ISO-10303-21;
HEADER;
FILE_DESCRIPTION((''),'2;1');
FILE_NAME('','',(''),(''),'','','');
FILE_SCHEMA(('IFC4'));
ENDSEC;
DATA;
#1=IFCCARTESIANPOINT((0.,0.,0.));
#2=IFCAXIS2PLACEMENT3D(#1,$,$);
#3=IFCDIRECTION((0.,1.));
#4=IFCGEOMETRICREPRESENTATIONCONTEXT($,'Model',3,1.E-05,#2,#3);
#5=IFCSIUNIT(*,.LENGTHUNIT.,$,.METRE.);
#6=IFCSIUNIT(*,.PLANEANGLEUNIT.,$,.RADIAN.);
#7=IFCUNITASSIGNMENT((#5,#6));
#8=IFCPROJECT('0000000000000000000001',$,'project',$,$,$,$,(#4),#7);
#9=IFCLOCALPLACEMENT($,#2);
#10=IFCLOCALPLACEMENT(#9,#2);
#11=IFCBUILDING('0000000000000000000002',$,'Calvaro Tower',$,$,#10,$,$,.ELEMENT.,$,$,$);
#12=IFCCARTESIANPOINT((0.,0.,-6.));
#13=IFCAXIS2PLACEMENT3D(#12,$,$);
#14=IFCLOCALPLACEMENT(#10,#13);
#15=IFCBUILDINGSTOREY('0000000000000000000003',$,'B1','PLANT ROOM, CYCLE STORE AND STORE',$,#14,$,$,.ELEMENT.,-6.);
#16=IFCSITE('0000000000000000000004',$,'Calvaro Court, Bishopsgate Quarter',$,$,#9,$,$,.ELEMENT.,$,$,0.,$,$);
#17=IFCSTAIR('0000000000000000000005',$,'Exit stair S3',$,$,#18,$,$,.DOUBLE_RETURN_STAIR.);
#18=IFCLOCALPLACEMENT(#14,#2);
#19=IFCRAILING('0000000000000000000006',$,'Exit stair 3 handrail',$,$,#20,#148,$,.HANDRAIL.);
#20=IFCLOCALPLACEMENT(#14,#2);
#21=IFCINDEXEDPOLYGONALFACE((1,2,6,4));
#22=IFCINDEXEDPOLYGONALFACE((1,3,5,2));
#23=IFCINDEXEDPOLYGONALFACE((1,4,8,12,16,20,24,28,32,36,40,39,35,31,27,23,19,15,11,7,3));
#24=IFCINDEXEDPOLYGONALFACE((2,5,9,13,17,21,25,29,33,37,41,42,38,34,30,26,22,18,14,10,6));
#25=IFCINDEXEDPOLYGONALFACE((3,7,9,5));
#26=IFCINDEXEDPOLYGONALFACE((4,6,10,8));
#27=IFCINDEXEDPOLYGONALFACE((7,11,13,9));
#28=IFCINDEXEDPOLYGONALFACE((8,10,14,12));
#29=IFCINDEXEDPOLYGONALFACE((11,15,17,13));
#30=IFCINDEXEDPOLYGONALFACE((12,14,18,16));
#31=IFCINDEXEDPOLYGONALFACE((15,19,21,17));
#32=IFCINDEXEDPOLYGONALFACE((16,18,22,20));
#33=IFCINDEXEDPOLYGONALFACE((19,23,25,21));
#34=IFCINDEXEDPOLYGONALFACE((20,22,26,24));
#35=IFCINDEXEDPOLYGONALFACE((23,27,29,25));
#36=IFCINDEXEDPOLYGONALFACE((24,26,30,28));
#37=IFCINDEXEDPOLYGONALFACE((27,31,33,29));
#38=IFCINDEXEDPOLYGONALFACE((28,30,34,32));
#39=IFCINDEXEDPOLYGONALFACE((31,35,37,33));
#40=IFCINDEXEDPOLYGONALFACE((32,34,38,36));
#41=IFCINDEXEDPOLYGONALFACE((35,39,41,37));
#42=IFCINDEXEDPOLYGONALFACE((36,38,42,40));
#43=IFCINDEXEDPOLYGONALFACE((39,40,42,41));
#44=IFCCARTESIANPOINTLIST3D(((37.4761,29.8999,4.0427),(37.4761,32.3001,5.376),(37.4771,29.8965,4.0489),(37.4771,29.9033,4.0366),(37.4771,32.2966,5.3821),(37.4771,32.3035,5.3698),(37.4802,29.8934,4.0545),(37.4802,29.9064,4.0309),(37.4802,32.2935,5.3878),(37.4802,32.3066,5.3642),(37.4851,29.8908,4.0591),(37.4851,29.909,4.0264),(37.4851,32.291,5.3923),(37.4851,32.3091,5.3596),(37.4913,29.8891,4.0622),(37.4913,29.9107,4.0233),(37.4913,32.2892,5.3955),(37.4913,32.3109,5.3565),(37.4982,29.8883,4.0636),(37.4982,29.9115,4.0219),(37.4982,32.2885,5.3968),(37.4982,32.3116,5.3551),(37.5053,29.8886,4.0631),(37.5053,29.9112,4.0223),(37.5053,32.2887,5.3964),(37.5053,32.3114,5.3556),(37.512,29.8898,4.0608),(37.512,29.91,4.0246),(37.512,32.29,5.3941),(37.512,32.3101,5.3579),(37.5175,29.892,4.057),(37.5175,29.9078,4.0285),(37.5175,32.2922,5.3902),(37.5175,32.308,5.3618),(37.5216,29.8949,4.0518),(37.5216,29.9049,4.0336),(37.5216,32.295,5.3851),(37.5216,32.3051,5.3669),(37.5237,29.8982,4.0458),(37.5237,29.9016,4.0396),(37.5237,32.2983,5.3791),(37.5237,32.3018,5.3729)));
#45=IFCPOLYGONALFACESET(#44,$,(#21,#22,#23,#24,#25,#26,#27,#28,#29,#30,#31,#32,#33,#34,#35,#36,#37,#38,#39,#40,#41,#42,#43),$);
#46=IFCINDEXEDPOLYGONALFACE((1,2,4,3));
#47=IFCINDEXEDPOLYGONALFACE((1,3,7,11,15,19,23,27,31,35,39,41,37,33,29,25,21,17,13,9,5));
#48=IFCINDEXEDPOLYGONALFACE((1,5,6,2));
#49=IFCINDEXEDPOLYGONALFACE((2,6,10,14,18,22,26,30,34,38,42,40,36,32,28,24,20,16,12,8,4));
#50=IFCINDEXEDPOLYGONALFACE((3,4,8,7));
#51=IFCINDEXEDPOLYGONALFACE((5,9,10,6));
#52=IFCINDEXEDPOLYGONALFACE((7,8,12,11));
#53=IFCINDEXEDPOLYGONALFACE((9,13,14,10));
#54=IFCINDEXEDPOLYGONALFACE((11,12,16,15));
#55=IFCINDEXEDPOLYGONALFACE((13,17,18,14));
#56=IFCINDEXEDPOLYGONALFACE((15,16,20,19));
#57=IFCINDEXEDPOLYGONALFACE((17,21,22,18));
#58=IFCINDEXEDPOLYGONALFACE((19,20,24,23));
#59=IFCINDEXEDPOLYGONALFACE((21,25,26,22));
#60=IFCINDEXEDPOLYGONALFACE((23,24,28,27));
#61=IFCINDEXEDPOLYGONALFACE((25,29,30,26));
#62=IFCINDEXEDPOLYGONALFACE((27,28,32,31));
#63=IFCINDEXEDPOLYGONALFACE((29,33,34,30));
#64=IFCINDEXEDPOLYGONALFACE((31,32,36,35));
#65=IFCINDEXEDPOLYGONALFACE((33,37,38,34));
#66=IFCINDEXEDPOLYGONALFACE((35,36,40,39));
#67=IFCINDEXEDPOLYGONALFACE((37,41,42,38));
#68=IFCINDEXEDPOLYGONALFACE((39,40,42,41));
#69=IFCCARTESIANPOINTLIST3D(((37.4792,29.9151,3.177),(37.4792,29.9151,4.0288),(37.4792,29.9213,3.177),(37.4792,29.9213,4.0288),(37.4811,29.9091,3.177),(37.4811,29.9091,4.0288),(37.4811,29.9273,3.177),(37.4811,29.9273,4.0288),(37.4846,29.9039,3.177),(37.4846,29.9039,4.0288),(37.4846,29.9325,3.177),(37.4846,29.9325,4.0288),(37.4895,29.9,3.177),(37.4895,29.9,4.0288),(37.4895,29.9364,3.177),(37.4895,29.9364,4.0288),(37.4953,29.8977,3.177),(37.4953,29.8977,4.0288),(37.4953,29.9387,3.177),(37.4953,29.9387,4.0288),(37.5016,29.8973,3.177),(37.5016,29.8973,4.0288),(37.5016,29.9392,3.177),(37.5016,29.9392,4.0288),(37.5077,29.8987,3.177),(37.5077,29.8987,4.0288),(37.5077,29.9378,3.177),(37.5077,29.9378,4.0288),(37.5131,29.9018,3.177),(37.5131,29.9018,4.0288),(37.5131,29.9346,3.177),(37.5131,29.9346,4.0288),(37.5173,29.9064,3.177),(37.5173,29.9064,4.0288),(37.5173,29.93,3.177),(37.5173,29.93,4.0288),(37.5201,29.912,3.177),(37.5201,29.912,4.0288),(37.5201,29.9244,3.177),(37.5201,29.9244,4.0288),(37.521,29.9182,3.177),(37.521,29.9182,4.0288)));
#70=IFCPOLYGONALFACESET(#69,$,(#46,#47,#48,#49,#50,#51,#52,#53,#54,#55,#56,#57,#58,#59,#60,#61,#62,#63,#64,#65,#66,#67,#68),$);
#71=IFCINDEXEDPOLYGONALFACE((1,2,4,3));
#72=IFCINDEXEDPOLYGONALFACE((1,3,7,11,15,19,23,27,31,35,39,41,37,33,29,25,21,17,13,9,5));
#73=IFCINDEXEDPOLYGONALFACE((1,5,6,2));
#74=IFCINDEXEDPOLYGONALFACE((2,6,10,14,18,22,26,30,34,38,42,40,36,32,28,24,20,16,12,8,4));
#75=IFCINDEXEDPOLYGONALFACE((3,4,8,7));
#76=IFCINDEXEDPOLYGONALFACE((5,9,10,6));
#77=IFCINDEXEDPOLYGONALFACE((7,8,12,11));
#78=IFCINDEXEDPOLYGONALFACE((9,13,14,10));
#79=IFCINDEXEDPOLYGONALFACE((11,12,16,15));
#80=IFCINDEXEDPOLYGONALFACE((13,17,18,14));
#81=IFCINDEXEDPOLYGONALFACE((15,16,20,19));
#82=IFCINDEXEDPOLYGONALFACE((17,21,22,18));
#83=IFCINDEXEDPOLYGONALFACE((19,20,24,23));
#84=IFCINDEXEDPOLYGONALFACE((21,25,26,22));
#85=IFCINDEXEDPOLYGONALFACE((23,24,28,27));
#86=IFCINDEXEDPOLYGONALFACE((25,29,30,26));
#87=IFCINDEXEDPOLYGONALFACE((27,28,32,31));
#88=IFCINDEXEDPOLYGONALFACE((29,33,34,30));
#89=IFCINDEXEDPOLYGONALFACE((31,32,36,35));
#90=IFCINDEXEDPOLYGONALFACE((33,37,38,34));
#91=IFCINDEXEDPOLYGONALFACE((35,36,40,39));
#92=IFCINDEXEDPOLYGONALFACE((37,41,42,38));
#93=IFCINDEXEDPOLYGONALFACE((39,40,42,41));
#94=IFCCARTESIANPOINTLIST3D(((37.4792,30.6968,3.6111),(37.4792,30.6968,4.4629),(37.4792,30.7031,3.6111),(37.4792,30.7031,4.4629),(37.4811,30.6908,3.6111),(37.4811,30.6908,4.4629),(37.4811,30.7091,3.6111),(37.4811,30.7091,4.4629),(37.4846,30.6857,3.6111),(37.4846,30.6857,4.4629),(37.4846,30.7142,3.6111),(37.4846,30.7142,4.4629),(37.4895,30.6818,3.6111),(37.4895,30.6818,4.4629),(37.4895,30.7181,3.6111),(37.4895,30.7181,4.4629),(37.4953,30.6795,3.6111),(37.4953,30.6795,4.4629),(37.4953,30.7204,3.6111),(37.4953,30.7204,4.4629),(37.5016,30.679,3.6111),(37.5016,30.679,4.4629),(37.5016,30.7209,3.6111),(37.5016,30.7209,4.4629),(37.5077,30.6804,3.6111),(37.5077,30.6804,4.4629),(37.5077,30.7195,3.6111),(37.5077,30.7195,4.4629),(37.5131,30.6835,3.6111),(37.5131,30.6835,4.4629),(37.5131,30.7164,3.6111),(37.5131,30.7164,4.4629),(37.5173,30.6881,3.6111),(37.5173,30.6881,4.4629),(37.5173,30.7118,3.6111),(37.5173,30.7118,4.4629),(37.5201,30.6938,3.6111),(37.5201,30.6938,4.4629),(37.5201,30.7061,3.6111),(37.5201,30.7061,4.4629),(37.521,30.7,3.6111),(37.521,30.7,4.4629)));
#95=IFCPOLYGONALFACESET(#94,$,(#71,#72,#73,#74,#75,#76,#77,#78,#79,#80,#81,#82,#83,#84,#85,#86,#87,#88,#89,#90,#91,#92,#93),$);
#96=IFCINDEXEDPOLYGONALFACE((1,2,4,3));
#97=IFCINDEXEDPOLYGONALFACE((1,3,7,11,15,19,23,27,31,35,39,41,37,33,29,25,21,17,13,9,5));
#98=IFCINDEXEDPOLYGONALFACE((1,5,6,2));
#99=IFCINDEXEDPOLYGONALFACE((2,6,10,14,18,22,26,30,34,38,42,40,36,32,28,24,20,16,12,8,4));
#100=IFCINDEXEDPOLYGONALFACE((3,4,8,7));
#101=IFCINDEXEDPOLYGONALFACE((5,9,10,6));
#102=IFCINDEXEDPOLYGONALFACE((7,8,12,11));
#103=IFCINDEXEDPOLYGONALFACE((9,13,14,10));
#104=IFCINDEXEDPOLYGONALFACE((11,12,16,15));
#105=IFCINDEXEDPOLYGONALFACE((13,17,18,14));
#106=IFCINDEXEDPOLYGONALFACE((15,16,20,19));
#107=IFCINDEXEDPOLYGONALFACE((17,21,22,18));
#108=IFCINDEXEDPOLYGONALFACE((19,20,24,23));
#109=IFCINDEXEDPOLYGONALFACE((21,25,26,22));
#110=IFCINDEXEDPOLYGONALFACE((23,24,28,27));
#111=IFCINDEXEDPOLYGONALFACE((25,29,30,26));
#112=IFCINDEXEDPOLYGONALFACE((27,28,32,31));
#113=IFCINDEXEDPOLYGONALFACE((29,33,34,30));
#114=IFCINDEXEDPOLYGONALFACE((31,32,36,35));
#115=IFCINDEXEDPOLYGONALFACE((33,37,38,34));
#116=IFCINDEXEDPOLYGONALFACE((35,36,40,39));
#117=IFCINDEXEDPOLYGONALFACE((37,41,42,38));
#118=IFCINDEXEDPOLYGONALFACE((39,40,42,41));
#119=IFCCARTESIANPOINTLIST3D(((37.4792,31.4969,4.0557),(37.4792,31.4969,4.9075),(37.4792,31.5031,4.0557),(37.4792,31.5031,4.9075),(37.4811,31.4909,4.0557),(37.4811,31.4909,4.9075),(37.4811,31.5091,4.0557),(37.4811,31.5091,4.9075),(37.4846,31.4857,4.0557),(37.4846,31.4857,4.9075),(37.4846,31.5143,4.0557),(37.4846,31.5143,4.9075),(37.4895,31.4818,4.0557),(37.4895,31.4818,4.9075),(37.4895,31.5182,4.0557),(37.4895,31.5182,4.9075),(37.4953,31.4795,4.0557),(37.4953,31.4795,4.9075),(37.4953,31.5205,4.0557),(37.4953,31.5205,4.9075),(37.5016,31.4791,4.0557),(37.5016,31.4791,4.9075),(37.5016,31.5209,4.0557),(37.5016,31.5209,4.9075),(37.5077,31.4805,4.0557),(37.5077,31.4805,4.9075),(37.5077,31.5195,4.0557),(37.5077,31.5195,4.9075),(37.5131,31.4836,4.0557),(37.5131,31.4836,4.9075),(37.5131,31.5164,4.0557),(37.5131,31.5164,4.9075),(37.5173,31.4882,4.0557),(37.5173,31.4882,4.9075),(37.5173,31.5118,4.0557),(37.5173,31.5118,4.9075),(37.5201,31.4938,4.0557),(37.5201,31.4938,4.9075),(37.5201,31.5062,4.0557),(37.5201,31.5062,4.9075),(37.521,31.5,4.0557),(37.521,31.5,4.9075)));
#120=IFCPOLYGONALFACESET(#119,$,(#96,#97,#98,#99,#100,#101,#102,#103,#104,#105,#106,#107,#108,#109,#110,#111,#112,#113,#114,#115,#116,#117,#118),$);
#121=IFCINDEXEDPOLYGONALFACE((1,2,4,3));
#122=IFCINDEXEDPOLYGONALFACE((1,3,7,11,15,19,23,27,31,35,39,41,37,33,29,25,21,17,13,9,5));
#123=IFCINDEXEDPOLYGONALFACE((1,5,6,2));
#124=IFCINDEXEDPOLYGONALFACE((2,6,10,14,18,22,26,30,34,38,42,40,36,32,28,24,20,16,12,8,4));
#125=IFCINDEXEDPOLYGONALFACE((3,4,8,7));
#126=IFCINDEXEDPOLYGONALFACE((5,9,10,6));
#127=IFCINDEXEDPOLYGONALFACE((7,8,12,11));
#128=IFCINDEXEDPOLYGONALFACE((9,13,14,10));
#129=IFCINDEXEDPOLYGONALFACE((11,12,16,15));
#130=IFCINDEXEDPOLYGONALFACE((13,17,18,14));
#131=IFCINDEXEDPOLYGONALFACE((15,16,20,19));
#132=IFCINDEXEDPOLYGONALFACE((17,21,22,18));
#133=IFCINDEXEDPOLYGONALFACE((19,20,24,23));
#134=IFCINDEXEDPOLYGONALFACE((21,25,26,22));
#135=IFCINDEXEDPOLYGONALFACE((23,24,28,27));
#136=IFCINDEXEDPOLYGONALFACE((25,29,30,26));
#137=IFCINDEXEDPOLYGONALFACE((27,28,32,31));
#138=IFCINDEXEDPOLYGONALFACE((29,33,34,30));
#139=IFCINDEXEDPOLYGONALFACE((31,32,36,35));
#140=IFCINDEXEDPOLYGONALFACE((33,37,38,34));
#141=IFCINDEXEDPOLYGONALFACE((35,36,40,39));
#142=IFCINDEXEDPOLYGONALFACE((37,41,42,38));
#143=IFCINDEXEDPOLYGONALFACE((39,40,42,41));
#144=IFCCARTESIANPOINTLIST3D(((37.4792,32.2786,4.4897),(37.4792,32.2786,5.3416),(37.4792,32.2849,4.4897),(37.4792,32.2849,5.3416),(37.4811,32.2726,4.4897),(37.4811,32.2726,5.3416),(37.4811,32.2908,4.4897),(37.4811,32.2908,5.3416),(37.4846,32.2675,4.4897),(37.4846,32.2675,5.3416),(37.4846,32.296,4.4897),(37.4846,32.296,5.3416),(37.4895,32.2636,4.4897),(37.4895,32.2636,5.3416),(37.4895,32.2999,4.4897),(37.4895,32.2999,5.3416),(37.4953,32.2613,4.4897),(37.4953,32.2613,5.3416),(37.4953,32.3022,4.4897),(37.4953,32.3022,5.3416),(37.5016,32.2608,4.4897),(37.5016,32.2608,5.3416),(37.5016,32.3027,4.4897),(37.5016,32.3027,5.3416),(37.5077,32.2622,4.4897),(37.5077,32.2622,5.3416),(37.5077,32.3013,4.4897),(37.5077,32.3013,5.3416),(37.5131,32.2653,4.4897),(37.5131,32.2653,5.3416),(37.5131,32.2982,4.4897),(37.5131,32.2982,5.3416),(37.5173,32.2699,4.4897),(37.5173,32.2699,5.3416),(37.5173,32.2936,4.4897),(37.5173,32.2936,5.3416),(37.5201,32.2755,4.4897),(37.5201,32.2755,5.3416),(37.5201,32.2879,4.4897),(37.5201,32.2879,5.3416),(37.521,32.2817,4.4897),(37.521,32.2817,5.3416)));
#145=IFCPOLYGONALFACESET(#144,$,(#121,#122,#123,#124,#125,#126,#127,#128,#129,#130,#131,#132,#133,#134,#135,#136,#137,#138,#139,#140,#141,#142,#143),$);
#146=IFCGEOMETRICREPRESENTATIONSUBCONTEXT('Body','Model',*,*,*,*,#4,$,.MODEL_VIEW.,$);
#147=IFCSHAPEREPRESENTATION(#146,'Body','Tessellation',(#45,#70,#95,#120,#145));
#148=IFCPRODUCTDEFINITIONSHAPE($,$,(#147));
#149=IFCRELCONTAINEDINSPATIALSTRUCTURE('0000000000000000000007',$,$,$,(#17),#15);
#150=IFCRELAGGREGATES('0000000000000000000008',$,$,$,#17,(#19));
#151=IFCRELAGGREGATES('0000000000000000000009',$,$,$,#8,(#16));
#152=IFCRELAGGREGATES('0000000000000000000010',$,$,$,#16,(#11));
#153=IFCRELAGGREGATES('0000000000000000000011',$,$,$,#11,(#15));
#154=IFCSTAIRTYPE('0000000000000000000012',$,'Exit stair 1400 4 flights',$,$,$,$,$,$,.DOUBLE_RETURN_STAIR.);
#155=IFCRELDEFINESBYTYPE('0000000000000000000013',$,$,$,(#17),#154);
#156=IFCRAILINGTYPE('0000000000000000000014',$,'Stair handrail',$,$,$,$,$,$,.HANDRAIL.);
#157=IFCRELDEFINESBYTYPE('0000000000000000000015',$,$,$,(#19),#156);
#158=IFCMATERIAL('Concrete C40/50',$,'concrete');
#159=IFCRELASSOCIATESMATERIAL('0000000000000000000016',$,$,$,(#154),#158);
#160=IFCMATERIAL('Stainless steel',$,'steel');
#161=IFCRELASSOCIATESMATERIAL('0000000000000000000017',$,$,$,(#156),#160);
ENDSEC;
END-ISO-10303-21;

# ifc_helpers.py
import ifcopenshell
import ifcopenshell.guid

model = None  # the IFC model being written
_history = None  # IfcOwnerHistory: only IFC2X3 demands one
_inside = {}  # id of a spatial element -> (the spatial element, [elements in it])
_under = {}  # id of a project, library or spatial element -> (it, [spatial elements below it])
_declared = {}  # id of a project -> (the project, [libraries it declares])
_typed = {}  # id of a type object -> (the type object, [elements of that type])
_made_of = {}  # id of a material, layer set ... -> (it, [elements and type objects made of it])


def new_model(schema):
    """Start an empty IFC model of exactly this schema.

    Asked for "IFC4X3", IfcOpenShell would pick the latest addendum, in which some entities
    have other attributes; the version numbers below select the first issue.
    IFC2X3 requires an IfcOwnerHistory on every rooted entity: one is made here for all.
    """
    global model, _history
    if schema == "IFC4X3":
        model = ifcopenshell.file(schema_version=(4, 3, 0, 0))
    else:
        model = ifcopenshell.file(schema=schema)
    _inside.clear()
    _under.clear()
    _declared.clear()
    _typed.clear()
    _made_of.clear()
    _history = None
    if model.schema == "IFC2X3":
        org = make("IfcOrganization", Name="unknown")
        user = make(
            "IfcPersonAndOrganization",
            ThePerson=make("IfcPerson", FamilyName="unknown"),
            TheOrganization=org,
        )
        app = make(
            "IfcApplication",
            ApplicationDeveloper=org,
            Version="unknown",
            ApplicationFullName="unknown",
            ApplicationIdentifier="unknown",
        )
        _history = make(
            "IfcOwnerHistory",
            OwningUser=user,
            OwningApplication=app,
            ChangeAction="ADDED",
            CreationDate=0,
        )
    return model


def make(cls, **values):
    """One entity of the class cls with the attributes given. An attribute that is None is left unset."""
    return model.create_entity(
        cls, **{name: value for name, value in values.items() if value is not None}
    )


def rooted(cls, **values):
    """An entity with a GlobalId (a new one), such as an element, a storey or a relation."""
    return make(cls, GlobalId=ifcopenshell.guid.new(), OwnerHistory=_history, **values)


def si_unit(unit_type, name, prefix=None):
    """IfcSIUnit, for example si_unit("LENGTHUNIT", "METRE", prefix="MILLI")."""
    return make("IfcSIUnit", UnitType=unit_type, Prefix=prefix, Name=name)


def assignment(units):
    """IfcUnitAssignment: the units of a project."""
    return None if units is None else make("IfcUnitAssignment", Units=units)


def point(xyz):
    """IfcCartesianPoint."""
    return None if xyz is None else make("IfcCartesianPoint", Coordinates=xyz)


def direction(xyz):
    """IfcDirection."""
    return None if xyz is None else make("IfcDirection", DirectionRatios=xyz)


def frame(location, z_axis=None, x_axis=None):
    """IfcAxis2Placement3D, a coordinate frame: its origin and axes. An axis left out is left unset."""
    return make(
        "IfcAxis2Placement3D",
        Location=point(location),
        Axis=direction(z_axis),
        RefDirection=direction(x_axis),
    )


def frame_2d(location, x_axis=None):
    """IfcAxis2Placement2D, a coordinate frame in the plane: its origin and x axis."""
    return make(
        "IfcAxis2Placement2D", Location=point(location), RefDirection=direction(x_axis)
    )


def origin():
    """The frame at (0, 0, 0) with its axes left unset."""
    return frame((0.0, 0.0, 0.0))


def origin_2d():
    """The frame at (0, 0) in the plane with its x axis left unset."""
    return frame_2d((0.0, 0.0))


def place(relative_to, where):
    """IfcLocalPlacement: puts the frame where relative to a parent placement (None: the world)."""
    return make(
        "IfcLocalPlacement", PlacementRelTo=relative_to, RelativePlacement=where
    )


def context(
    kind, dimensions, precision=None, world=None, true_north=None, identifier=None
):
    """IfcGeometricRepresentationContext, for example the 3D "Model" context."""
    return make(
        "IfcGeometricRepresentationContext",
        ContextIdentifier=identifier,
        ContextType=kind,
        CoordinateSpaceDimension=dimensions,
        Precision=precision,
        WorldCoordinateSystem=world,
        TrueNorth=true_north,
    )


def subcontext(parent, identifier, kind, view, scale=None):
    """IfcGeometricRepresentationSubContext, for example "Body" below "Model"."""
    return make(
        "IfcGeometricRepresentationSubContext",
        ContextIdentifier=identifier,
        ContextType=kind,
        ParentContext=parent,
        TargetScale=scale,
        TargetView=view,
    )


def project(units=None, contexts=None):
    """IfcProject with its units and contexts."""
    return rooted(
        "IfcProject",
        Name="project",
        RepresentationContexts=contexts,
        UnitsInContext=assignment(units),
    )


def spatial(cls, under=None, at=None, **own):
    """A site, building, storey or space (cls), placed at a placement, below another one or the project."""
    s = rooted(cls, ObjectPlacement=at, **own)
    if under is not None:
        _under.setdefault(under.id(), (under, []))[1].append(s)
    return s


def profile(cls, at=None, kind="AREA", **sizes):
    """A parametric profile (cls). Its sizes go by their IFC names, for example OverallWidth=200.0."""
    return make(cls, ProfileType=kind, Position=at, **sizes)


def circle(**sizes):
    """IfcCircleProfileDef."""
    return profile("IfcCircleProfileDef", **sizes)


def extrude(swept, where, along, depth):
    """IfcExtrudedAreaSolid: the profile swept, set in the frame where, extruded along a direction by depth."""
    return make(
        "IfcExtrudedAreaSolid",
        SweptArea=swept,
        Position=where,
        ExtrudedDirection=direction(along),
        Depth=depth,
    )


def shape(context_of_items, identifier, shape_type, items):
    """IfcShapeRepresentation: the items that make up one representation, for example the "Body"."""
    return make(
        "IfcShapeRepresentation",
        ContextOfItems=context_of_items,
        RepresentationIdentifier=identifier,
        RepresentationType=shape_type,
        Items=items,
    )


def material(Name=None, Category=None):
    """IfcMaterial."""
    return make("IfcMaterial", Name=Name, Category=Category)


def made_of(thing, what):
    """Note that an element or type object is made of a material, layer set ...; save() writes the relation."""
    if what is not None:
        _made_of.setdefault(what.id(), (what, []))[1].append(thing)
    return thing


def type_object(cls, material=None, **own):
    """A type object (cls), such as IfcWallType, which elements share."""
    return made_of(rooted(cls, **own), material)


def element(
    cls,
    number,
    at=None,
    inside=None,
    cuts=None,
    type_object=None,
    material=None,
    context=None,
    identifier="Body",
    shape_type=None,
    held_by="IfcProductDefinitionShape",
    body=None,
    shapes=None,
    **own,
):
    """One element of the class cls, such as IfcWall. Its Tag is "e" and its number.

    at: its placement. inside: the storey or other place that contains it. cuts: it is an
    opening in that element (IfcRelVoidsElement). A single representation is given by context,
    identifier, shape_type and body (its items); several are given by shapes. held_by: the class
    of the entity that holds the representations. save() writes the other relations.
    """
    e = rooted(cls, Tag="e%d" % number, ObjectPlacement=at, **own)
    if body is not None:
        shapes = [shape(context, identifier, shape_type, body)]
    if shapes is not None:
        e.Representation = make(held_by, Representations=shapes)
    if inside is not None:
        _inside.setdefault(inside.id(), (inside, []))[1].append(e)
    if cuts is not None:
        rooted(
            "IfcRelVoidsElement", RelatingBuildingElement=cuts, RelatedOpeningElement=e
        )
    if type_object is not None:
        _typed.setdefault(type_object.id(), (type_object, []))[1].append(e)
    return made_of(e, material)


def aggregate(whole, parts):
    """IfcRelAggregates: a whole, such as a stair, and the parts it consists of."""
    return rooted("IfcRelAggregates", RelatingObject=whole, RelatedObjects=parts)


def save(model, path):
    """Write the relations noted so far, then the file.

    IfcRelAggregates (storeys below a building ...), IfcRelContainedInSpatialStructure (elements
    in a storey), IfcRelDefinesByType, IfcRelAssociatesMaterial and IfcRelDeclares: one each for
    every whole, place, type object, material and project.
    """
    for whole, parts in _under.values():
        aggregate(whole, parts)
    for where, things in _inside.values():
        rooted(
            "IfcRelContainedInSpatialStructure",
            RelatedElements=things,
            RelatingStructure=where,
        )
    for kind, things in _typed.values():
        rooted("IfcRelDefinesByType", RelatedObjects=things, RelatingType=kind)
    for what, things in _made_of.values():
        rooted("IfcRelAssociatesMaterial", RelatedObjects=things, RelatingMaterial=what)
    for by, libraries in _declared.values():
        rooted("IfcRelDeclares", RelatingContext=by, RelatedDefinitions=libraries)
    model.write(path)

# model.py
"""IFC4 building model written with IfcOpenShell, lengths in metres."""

from ifc_helpers import new_model, si_unit, direction, frame, origin, origin_2d, place, context, subcontext, project, spatial, circle, extrude, material, type_object, element, aggregate, save


model = new_model("IFC4")

# Units and contexts
model_context = context("Model", 3, precision=1e-05, world=origin(), true_north=direction((0.0, 1.0)))
body_context = subcontext(model_context, "Body", "Model", "MODEL_VIEW")
ifc_project = project(units=[si_unit("LENGTHUNIT", "METRE"), si_unit("PLANEANGLEUNIT", "RADIAN")], contexts=[model_context])

# Site, building, storey
site_placement = place(None, origin())
site = spatial("IfcSite", under=ifc_project, at=site_placement, Name="Calvaro Court, Bishopsgate Quarter", CompositionType="ELEMENT", RefElevation=0.0)
building_placement = place(site_placement, origin())
building = spatial("IfcBuilding", under=site, at=building_placement, Name="Calvaro Tower", CompositionType="ELEMENT")
storey_placement = place(building_placement, frame((0.0, 0.0, -6.0)))
storey = spatial("IfcBuildingStorey", under=building, at=storey_placement, Name="B1", Description="PLANT ROOM, CYCLE STORE AND STORE", CompositionType="ELEMENT", Elevation=-6.0)

# Stair
ifc_material_1 = material(Name="Concrete C40/50", Category="concrete")
stair_type = type_object("IfcStairType", Name="Exit stair 1400 4 flights", PredefinedType="DOUBLE_RETURN_STAIR", material=ifc_material_1)
stair_1_placement = place(storey_placement, origin())
stair_1 = element("IfcStair", 1, at=stair_1_placement, inside=storey, type_object=stair_type, Name="Exit stair S3", PredefinedType="DOUBLE_RETURN_STAIR")

# Railing
ifc_material_2 = material(Name="Stainless steel", Category="steel")
railing_type = type_object("IfcRailingType", Name="Stair handrail", PredefinedType="HANDRAIL", material=ifc_material_2)
railing_1_placement = place(storey_placement, frame((37.5, 29.8999, 3.1667)))
railing_1 = element("IfcRailing", 2, at=railing_1_placement, type_object=railing_type, Name="Exit stair 3 handrail", PredefinedType="HANDRAIL", context=body_context, shape_type="SweptSolid", body=[
    extrude(circle(Radius=0.0239, at=origin_2d()), frame((0.0, 0.0, 0.876), z_axis=(0.0, 0.874182, 0.485598), x_axis=(-1.0, 0.0, 0.0)), (0.0, 0.0, 1.0), 2.7456),
    extrude(circle(Radius=0.021, at=origin_2d()), frame((0.0, 0.0183, 0.0103)), (0.0, 0.0, 1.0), 0.8518),
    extrude(circle(Radius=0.021, at=origin_2d()), frame((0.0, 0.8, 0.4443)), (0.0, 0.0, 1.0), 0.8518),
    extrude(circle(Radius=0.021, at=origin_2d()), frame((0.0, 1.6001, 0.8889)), (0.0, 0.0, 1.0), 0.8518),
    extrude(circle(Radius=0.021, at=origin_2d()), frame((0.0, 2.3818, 1.323)), (0.0, 0.0, 1.0), 0.8518),
])
aggregate(stair_1, [railing_1])

save(model, "model.ifc")
